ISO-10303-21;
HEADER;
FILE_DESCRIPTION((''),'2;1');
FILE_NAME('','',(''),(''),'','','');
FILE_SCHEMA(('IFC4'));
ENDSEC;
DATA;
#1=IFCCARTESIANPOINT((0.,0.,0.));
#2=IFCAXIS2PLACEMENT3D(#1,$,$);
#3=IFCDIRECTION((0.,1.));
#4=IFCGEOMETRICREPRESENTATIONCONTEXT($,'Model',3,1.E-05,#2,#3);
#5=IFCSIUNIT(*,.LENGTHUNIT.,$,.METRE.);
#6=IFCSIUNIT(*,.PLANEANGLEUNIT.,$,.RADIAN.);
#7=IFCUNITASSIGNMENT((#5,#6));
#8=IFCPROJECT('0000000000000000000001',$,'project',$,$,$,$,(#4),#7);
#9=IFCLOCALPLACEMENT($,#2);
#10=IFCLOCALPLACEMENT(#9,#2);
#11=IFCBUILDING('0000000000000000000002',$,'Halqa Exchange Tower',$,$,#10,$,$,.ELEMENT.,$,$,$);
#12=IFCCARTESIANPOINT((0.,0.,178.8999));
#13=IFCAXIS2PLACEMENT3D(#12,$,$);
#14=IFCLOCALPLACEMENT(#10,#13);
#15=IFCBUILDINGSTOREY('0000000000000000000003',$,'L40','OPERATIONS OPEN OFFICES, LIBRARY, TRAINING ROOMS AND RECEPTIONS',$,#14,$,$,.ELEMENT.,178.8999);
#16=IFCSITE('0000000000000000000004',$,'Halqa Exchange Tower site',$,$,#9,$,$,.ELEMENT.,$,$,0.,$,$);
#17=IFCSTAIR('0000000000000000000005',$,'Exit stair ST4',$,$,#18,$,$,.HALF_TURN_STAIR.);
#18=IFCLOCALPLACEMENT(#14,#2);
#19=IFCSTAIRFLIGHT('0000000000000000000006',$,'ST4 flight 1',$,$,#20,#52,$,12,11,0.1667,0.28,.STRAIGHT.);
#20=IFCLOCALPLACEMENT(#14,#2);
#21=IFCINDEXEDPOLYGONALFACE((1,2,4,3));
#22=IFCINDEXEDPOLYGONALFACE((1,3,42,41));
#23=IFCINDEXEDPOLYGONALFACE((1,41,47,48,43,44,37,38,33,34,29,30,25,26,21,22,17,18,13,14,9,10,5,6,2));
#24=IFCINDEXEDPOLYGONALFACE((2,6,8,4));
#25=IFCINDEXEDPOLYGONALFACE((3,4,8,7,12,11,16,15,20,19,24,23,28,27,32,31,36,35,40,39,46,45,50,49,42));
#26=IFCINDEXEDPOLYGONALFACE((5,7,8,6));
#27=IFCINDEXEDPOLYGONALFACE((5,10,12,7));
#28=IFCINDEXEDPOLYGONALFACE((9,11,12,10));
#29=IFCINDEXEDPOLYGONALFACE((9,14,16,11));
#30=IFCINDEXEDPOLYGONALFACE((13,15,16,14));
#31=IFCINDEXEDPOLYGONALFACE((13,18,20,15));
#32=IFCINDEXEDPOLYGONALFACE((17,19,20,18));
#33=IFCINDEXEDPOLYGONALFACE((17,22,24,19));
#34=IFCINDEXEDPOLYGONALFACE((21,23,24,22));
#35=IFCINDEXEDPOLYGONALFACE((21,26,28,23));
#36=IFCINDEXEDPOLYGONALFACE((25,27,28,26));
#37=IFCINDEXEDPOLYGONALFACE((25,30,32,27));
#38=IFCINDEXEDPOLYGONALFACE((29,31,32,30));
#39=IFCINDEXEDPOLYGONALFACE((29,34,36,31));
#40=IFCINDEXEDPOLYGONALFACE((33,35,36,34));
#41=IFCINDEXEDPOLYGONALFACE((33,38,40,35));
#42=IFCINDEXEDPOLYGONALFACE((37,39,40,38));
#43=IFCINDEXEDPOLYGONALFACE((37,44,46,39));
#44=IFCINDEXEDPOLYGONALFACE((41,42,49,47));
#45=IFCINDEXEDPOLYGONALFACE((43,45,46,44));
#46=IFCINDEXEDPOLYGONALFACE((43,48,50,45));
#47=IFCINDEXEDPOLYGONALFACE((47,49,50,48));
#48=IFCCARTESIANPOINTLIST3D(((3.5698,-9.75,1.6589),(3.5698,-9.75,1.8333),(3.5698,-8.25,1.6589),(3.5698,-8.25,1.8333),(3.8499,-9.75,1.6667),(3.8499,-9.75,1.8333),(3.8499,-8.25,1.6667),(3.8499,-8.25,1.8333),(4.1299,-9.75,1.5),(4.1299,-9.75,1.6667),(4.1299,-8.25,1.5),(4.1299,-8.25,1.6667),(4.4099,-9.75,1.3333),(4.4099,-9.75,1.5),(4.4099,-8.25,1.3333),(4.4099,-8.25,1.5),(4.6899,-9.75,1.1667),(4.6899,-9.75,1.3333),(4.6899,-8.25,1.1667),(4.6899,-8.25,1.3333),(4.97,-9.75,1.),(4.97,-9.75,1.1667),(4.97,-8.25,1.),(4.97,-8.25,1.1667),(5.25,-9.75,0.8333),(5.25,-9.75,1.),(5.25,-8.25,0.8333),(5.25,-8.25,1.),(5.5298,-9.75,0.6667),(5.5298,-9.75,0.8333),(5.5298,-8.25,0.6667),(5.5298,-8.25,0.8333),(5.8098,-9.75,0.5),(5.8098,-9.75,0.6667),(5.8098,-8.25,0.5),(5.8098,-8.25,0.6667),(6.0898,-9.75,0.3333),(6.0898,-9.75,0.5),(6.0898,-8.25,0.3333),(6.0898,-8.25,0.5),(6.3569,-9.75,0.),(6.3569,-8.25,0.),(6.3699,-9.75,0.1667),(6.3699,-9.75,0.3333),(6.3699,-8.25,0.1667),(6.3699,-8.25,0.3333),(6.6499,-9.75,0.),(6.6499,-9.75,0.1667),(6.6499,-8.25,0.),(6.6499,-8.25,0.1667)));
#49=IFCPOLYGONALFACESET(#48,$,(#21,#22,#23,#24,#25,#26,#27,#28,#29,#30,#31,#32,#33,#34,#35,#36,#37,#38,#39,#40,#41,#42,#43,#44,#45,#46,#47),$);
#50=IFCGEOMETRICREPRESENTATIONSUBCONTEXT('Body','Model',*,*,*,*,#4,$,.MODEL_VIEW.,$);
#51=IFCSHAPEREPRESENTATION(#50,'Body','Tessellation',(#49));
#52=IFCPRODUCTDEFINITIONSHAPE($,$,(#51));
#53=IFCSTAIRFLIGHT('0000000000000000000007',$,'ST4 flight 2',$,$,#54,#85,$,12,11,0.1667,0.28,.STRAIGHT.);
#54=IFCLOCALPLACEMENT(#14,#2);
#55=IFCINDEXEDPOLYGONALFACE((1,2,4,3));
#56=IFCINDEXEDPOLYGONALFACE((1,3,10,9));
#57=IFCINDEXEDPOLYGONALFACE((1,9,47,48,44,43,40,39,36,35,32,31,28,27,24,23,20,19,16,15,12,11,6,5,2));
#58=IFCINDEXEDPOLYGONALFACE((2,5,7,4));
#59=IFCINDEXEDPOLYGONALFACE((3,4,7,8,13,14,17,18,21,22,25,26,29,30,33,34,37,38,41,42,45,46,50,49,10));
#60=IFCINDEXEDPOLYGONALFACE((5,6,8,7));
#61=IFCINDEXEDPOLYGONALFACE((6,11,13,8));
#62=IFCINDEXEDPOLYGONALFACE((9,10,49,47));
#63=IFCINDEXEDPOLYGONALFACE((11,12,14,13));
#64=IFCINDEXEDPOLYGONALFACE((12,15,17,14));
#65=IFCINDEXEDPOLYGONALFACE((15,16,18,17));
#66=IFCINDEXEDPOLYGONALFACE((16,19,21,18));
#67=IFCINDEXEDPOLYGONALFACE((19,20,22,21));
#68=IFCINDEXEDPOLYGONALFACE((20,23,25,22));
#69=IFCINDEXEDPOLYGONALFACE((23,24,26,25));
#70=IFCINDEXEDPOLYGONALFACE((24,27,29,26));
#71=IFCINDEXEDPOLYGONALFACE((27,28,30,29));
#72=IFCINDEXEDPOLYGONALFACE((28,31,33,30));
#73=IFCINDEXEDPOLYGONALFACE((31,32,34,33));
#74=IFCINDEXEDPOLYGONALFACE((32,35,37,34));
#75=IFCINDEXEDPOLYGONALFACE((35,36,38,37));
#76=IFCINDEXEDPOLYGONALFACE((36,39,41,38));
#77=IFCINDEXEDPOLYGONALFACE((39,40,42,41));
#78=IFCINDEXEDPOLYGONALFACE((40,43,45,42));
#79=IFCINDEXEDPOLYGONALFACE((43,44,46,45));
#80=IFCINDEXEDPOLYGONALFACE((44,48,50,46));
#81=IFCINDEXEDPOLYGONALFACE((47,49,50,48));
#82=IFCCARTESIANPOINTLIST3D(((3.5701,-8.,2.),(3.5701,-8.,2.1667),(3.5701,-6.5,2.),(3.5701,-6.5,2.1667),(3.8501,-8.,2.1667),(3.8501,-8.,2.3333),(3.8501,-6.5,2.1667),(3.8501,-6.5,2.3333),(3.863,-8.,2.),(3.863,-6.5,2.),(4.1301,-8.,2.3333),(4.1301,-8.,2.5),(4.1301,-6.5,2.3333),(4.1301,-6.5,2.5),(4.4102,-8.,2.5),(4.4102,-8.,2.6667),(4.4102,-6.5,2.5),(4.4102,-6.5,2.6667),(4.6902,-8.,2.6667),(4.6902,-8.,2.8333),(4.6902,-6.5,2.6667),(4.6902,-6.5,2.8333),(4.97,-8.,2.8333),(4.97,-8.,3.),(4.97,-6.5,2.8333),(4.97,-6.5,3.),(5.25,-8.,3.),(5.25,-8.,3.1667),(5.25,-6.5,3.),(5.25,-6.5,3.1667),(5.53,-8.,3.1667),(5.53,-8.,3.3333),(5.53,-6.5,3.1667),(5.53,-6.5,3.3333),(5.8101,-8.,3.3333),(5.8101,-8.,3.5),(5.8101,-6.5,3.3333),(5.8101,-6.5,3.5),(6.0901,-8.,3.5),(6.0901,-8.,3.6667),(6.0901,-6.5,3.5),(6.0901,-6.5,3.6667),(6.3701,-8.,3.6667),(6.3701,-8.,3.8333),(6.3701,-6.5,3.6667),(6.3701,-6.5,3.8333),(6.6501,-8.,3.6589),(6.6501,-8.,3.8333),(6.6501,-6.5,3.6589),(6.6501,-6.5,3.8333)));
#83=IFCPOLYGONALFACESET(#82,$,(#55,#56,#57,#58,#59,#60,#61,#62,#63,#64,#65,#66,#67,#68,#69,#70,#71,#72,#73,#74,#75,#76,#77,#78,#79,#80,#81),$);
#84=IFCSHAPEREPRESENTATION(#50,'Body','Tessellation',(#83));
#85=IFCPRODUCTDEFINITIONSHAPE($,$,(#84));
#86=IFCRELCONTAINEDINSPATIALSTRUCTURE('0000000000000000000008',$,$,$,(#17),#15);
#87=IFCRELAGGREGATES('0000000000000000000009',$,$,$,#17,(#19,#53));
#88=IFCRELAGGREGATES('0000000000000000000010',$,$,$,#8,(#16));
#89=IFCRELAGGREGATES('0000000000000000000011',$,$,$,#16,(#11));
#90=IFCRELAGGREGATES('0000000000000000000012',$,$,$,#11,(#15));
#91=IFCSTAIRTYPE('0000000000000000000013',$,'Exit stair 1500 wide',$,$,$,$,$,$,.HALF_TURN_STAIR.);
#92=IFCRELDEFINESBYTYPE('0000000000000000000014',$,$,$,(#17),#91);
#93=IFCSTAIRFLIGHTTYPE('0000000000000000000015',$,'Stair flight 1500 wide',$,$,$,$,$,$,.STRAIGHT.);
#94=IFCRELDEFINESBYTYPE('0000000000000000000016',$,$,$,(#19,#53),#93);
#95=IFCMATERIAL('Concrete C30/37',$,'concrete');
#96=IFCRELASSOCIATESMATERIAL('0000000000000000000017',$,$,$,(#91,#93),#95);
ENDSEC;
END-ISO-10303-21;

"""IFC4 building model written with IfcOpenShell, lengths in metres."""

from ifc_helpers import new_model, si_unit, direction, frame, origin, place, context, subcontext, project, spatial, polyline, outline, extrude, material, type_object, element, aggregate, save


model = new_model("IFC4")

# Units and contexts
model_context = context("Model", 3, precision=1e-05, world=origin(), true_north=direction((0.0, 1.0)))
body_context = subcontext(model_context, "Body", "Model", "MODEL_VIEW")
ifc_project = project(units=[si_unit("LENGTHUNIT", "METRE"), si_unit("PLANEANGLEUNIT", "RADIAN")], contexts=[model_context])

# Site, building, storey
site_placement = place(None, origin())
site = spatial("IfcSite", under=ifc_project, at=site_placement, Name="Halqa Exchange Tower site", CompositionType="ELEMENT", RefElevation=0.0)
building_placement = place(site_placement, origin())
building = spatial("IfcBuilding", under=site, at=building_placement, Name="Halqa Exchange Tower", CompositionType="ELEMENT")
storey_placement = place(building_placement, frame((0.0, 0.0, 178.8999)))
storey = spatial("IfcBuildingStorey", under=building, at=storey_placement, Name="L40", Description="OPERATIONS OPEN OFFICES, LIBRARY, TRAINING ROOMS AND RECEPTIONS", CompositionType="ELEMENT", Elevation=178.8999)

# Shared definitions
ifc_material_1 = material(Name="Concrete C30/37", Category="concrete")

# Stair, stair flights
stair_type = type_object("IfcStairType", Name="Exit stair 1500 wide", PredefinedType="HALF_TURN_STAIR", material=ifc_material_1)
stair_placement = place(storey_placement, origin())
stair = element("IfcStair", 1, at=stair_placement, inside=storey, type_object=stair_type, Name="Exit stair ST4", PredefinedType="HALF_TURN_STAIR")
stair_flight_type = type_object("IfcStairFlightType", Name="Stair flight 1500 wide", PredefinedType="STRAIGHT", material=ifc_material_1)
stair_flight_1_placement = place(storey_placement, frame((6.6499, -9.0, 0.0), z_axis=(0.0, 0.0, 1.0), x_axis=(-1.0, 0.0, 0.0)))
stair_flight_1 = element("IfcStairFlight", 2, at=stair_flight_1_placement, type_object=stair_flight_type, Name="ST4 flight 1", NumberOfRisers=12, NumberOfTreads=11, PredefinedType="STRAIGHT", RiserHeight=0.1667, TreadLength=0.28, context=body_context, shape_type="SweptSolid", body=[
    extrude(outline(polyline([(0.0, 0.0), (0.0, 0.1667), (0.28, 0.1667), (0.28, 0.3333), (0.5601, 0.3333), (0.5601, 0.5), (0.8401, 0.5), (0.8401, 0.6667), (1.1201, 0.6667), (1.1201, 0.8333), (1.3999, 0.8333), (1.3999, 1.0), (1.6799, 1.0), (1.6799, 1.1667), (1.96, 1.1667), (1.96, 1.3333), (2.24, 1.3333), (2.24, 1.5), (2.52, 1.5), (2.52, 1.6667), (2.8, 1.6667), (2.8, 1.8333), (3.0801, 1.8333), (3.0801, 2.0), (3.0801, 1.6589), (0.293, 0.0), (0.0, 0.0)])), frame((0.0, 0.75, 0.0), z_axis=(0.0, -1.0, 0.0), x_axis=(1.0, 0.0, 0.0)), (0.0, 0.0, 1.0), 1.5),
])
stair_flight_2_placement = place(storey_placement, frame((3.5701, -7.25, 2.0), z_axis=(0.0, 0.0, 1.0), x_axis=(1.0, 0.0, 0.0)))
stair_flight_2 = element("IfcStairFlight", 3, at=stair_flight_2_placement, type_object=stair_flight_type, Name="ST4 flight 2", NumberOfRisers=12, NumberOfTreads=11, PredefinedType="STRAIGHT", RiserHeight=0.1667, TreadLength=0.28, context=body_context, shape_type="SweptSolid", body=[
    extrude(outline(polyline([(0.0, 0.0), (0.0, 0.1667), (0.28, 0.1667), (0.28, 0.3333), (0.5601, 0.3333), (0.5601, 0.5), (0.8401, 0.5), (0.8401, 0.6667), (1.1201, 0.6667), (1.1201, 0.8333), (1.3999, 0.8333), (1.3999, 1.0), (1.6799, 1.0), (1.6799, 1.1667), (1.96, 1.1667), (1.96, 1.3333), (2.24, 1.3333), (2.24, 1.5), (2.52, 1.5), (2.52, 1.6667), (2.8, 1.6667), (2.8, 1.8333), (3.0801, 1.8333), (3.0801, 2.0), (3.0801, 1.6589), (0.293, 0.0), (0.0, 0.0)])), frame((0.0, 0.75, 0.0), z_axis=(0.0, -1.0, 0.0), x_axis=(1.0, 0.0, 0.0)), (0.0, 0.0, 1.0), 1.5),
])
aggregate(stair, [stair_flight_1, stair_flight_2])

save(model, "model.ifc")
